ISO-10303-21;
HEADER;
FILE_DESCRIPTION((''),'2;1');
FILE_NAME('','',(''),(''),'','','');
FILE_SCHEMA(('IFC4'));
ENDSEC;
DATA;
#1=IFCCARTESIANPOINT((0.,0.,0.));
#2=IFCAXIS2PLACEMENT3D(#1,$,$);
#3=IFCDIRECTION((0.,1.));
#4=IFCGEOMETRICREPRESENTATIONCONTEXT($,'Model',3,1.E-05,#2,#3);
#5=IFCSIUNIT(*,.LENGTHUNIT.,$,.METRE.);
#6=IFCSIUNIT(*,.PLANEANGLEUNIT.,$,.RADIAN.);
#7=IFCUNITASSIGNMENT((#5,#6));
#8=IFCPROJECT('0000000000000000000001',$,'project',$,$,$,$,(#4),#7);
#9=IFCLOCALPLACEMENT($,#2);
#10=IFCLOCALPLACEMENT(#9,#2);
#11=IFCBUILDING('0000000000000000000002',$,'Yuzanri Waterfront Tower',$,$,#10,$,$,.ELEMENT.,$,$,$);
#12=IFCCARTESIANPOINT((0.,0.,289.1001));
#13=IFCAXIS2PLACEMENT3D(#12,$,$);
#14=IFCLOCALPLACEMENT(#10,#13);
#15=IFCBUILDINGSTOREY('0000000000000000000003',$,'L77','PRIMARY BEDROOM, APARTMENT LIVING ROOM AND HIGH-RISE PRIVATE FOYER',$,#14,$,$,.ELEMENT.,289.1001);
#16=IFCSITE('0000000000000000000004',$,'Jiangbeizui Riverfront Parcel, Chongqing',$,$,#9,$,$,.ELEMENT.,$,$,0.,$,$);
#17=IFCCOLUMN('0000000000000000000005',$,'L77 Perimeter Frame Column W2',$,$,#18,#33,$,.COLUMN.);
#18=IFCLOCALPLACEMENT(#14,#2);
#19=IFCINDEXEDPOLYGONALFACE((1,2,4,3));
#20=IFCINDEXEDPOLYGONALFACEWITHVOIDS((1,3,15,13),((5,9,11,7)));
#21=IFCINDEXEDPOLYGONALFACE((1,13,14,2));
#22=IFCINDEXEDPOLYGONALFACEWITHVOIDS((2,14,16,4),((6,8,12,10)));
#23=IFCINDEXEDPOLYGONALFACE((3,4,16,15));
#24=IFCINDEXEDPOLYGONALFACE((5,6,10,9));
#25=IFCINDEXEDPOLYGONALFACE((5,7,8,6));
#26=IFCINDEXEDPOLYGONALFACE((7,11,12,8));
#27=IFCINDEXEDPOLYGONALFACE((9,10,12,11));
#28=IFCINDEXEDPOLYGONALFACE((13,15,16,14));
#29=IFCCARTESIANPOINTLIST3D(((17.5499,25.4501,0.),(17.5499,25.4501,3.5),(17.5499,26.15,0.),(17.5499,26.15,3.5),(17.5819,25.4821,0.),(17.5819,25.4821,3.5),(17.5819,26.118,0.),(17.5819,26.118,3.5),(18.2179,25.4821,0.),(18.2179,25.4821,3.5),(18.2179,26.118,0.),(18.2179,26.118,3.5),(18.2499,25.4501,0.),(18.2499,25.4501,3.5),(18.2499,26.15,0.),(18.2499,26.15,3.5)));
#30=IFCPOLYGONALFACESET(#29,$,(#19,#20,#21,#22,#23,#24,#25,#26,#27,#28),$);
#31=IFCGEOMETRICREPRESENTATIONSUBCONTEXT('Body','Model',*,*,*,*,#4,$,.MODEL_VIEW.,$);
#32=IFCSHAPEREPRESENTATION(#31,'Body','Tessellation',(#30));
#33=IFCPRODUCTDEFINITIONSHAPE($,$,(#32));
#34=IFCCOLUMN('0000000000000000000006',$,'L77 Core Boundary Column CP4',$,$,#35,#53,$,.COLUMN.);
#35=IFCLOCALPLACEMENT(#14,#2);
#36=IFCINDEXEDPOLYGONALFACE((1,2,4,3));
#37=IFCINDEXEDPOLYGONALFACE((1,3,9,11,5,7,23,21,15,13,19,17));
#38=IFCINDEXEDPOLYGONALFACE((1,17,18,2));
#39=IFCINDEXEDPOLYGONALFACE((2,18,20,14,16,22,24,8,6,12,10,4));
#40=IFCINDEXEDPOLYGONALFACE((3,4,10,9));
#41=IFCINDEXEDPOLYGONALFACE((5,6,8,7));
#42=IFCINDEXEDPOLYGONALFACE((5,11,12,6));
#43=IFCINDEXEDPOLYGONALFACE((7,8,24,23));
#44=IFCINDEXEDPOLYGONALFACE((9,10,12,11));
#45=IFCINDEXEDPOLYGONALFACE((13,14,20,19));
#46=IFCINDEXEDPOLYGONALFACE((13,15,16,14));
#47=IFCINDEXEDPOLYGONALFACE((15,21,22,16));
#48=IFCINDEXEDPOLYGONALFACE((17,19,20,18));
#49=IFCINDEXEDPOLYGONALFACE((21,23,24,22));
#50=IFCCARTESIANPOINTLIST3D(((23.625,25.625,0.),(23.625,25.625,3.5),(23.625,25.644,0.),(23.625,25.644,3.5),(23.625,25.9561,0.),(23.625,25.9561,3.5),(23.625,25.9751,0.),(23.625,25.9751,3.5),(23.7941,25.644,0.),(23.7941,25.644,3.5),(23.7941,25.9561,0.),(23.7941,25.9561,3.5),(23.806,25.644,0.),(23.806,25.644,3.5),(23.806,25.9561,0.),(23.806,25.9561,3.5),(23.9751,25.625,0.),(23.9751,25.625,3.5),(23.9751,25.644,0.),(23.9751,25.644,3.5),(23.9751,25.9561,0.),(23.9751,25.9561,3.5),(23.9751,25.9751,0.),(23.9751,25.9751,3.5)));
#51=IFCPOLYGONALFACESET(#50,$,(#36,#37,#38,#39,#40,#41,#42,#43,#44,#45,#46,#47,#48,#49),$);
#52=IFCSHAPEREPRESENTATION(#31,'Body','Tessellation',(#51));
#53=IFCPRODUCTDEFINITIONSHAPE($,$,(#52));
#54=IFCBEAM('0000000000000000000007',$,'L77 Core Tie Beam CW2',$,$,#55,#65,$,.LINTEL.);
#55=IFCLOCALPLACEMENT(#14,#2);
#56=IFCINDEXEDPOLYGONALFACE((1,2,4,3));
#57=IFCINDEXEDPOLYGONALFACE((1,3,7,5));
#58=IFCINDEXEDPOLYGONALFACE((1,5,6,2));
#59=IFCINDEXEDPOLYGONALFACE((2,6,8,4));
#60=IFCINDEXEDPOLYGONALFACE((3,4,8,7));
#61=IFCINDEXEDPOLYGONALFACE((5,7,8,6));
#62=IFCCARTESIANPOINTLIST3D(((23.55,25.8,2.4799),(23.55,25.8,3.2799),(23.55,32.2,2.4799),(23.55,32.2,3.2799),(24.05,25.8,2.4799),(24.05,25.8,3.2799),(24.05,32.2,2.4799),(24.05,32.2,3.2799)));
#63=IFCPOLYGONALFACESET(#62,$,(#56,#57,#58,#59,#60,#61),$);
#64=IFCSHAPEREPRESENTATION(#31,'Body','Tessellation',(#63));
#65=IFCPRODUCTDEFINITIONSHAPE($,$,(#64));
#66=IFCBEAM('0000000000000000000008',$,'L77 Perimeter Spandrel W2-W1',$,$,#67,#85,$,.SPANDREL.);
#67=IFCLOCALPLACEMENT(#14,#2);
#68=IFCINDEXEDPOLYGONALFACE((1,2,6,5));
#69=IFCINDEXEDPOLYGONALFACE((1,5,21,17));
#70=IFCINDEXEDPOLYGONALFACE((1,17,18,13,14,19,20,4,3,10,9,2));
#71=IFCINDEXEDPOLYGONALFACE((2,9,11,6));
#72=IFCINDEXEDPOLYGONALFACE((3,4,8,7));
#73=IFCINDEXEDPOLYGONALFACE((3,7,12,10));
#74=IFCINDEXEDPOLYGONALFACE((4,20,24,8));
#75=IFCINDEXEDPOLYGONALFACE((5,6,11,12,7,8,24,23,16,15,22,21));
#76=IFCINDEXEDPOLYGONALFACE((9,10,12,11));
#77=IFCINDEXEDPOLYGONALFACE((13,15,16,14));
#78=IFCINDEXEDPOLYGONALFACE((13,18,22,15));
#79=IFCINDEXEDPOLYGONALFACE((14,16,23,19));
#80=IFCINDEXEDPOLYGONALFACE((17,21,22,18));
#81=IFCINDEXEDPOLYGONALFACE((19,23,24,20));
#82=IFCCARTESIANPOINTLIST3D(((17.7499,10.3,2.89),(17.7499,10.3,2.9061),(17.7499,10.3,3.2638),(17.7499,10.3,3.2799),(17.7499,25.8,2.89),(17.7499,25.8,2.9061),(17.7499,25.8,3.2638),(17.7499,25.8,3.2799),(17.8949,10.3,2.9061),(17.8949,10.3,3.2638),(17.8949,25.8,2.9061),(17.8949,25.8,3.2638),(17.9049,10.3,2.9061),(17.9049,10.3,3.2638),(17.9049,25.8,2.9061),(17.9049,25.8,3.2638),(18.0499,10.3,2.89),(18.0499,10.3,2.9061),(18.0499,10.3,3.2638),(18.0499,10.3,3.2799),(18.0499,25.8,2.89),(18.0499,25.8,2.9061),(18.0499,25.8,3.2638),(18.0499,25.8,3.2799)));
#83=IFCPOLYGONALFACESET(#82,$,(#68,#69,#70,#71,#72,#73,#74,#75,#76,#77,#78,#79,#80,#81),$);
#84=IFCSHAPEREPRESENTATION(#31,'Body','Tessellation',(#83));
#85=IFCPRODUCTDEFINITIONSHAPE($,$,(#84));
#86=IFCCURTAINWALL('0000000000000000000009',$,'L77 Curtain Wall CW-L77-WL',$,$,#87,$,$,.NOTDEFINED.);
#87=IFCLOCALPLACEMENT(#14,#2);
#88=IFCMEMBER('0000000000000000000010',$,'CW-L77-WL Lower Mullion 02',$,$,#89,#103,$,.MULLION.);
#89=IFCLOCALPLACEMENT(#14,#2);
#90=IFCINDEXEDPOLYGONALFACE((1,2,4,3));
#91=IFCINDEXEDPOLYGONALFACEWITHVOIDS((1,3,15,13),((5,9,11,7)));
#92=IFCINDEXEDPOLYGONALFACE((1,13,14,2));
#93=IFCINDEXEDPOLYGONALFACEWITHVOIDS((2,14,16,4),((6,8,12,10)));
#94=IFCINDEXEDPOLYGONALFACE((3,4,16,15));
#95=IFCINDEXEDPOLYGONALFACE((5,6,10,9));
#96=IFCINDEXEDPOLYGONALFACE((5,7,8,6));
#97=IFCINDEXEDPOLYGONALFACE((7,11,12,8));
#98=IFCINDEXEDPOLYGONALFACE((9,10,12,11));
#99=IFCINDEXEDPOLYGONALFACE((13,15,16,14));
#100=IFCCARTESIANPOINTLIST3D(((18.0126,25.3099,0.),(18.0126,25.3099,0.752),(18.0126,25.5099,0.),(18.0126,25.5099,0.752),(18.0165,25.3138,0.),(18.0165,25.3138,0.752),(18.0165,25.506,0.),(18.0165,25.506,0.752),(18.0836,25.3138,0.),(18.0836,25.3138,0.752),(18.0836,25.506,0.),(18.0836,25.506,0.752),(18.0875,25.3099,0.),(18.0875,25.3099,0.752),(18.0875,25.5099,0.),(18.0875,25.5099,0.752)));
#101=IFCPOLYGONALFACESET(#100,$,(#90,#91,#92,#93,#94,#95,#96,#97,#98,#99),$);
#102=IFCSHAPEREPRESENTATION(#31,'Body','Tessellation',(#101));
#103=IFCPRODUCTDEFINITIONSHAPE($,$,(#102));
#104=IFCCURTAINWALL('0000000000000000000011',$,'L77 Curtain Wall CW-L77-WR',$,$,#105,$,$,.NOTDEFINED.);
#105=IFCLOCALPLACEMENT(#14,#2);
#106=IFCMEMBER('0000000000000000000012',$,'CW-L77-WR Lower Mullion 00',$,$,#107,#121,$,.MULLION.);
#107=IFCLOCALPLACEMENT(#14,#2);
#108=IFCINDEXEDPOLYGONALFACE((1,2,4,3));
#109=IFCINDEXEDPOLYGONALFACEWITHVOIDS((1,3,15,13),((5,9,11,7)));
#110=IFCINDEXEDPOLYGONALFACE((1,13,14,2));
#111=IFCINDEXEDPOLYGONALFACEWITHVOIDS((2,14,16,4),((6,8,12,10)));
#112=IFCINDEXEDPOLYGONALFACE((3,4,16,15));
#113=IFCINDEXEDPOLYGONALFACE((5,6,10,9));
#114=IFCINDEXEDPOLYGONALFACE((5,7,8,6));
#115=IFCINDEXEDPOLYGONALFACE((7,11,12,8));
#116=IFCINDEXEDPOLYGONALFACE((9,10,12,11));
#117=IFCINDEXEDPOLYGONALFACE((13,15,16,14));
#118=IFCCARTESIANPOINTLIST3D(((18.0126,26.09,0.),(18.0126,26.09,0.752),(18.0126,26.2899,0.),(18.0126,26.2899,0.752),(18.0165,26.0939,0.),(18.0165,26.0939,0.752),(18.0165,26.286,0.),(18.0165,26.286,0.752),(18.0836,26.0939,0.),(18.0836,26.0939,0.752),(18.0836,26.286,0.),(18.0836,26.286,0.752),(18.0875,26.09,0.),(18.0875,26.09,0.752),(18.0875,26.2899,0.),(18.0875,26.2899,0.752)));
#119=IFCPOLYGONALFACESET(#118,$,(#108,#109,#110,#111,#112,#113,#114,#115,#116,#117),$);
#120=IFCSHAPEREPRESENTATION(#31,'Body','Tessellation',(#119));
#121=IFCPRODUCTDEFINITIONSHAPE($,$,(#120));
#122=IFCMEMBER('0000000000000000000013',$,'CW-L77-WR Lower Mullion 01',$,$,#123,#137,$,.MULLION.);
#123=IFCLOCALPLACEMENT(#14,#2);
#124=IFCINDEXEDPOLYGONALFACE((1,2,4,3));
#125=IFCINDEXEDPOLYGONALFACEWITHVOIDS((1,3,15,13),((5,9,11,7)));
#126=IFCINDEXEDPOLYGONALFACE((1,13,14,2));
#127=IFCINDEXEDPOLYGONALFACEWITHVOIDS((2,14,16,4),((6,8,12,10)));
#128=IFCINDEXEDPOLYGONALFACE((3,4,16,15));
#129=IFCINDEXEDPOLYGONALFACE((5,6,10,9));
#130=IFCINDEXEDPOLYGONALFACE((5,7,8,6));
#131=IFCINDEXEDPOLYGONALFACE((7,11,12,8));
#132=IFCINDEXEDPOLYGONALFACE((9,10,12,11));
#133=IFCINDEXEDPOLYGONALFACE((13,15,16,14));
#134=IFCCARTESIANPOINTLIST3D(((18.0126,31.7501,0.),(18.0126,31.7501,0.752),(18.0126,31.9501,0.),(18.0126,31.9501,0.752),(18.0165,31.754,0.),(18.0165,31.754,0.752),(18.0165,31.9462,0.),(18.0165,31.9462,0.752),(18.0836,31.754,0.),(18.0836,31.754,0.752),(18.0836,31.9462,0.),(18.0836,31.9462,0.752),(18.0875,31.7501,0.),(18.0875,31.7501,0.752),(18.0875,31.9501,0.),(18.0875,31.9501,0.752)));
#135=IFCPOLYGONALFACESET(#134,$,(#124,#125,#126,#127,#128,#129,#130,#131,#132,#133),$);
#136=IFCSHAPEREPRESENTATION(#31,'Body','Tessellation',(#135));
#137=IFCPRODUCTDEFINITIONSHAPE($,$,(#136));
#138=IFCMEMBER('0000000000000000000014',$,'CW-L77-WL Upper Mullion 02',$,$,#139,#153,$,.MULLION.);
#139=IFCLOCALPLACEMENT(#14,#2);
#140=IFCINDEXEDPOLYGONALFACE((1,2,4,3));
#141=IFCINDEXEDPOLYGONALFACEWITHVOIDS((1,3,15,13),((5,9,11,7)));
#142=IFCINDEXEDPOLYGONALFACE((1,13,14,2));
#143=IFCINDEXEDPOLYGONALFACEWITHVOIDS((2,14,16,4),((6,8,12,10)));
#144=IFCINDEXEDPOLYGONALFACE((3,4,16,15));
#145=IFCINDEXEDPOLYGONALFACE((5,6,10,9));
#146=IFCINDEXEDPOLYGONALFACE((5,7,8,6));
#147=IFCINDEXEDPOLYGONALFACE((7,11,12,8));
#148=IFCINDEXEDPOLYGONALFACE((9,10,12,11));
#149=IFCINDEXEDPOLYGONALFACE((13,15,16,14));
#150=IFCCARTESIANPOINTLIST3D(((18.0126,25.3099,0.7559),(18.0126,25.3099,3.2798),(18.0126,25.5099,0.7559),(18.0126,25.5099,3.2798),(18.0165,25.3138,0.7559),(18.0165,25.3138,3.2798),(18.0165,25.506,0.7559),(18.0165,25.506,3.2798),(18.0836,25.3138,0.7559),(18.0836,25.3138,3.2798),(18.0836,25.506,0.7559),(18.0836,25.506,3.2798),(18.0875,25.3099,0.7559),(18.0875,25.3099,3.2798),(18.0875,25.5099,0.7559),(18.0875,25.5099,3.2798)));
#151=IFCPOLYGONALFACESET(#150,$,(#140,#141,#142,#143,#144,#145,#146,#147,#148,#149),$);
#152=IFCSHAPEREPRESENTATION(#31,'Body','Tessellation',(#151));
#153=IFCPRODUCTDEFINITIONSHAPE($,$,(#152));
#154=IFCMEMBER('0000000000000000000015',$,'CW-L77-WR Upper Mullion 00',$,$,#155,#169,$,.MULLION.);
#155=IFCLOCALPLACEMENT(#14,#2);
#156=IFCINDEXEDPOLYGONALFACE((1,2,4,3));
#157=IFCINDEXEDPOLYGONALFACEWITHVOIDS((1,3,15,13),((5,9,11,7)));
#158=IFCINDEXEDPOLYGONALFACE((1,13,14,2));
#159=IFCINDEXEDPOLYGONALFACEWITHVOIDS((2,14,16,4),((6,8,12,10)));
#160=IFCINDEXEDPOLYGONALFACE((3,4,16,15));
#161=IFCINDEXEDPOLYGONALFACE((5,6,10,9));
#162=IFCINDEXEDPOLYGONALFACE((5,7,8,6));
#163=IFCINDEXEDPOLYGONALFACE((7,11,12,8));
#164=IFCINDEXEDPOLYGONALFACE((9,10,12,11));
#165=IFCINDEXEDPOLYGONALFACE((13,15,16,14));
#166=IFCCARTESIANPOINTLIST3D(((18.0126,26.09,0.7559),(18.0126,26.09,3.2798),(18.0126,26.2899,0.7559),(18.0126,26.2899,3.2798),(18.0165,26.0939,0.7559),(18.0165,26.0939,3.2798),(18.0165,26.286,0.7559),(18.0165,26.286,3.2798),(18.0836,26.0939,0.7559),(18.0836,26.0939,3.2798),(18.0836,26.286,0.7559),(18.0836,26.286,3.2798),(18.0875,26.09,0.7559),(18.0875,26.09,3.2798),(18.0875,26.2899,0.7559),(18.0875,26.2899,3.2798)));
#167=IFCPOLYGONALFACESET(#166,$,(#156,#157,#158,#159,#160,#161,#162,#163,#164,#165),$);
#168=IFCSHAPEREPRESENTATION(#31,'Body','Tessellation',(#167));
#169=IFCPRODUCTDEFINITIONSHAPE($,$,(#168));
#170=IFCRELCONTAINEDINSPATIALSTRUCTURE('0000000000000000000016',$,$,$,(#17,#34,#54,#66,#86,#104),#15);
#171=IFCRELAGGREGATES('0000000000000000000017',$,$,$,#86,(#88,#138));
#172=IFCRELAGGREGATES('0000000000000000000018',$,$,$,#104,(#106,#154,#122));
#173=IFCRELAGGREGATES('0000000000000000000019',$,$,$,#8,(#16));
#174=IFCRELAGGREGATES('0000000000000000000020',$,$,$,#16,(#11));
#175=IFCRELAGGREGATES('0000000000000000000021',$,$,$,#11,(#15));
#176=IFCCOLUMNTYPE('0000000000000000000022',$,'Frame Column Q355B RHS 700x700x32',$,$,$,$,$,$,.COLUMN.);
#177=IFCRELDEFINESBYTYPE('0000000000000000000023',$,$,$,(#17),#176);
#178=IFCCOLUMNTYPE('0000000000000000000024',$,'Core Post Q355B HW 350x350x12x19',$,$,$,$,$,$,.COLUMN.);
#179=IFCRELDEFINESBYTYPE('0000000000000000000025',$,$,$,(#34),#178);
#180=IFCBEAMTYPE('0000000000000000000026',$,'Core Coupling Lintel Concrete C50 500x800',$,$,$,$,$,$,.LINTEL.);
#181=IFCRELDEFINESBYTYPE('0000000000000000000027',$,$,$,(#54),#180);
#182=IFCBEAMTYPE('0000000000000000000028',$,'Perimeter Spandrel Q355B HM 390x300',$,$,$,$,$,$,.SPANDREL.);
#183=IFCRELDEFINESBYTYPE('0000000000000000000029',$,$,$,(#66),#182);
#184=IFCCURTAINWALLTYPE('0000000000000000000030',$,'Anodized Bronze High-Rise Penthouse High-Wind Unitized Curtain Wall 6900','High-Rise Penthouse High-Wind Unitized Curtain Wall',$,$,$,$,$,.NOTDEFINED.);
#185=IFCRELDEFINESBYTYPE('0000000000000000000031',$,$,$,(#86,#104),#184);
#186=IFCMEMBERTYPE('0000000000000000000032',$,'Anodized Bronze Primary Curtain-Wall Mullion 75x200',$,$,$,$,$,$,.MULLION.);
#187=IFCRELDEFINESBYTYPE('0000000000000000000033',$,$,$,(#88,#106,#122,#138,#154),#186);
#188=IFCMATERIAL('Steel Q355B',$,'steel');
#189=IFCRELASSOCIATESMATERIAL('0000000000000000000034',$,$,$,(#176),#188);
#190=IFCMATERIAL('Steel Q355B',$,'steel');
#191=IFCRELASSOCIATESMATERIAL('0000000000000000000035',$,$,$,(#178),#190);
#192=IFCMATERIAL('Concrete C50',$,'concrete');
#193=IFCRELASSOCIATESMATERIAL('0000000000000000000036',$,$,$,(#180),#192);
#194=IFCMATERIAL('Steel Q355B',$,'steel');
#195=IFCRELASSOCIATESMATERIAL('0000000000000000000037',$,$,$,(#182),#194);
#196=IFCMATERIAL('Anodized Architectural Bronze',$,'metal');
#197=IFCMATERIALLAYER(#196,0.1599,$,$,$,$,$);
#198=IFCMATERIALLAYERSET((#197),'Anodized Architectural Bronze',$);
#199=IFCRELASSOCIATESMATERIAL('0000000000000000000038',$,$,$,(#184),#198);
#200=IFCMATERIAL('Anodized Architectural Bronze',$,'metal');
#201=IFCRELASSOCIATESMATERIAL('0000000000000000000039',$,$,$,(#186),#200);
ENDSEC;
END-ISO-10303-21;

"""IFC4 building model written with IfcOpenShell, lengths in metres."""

from ifc_helpers import new_model, si_unit, direction, frame, origin, origin_2d, place, context, subcontext, project, spatial, rectangle, hollow_rectangle, i_section, extrude, source, transform, mapped, material, layer, layer_set, material_profile, profile_set, type_object, element, aggregate, save


model = new_model("IFC4")

# Units and contexts
model_context = context("Model", 3, precision=1e-05, world=origin(), true_north=direction((0.0, 1.0)))
body_context = subcontext(model_context, "Body", "Model", "MODEL_VIEW")
ifc_project = project(units=[si_unit("LENGTHUNIT", "METRE"), si_unit("PLANEANGLEUNIT", "RADIAN")], contexts=[model_context])

# Site, building, storey
site_placement = place(None, origin())
site = spatial("IfcSite", under=ifc_project, at=site_placement, Name="Jiangbeizui Riverfront Parcel, Chongqing", CompositionType="ELEMENT", RefElevation=0.0)
building_placement = place(site_placement, origin())
building = spatial("IfcBuilding", under=site, at=building_placement, Name="Yuzanri Waterfront Tower", CompositionType="ELEMENT")
storey_placement = place(building_placement, frame((0.0, 0.0, 289.1001)))
storey = spatial("IfcBuildingStorey", under=building, at=storey_placement, Name="L77", Description="PRIMARY BEDROOM, APARTMENT LIVING ROOM AND HIGH-RISE PRIVATE FOYER", CompositionType="ELEMENT", Elevation=289.1001)

# Columns
ifc_material_1 = material(Name="Steel Q355B", Category="steel")
ifc_material_profile_1 = material_profile(ifc_material_1, hollow_rectangle(XDim=0.7, YDim=0.7, WallThickness=0.032, at=origin_2d()), Name="RHS 700x700x32")
ifc_profile_set_1 = profile_set([ifc_material_profile_1], Name="Steel Q355B")
column_type_1 = type_object("IfcColumnType", Name="Frame Column Q355B RHS 700x700x32", PredefinedType="COLUMN", material=ifc_profile_set_1)
shared_shape_1 = source(origin(), body_context, "Body", "SweptSolid", [
    extrude(hollow_rectangle(XDim=0.7, YDim=0.7, WallThickness=0.032, at=origin_2d()), origin(), (0.0, 0.0, 1.0), 3.5),
])
column_1_placement = place(storey_placement, frame((17.8999, 25.8, 0.0), z_axis=(0.0, 0.0, 1.0), x_axis=(1.0, 0.0, 0.0)))
element("IfcColumn", 1, at=column_1_placement, inside=storey, type_object=column_type_1, Name="L77 Perimeter Frame Column W2", PredefinedType="COLUMN", context=body_context, shape_type="MappedRepresentation", body=[
    mapped(shared_shape_1, transform((0.0, 0.0, 0.0), scale=1.0)),
])
ifc_material_2 = material(Name="Steel Q355B", Category="steel")
ifc_material_profile_2 = material_profile(ifc_material_2, i_section(OverallWidth=0.3501, OverallDepth=0.3501, WebThickness=0.012, FlangeThickness=0.019, at=origin_2d()), Name="HW 350x350x12x19")
ifc_profile_set_2 = profile_set([ifc_material_profile_2], Name="Steel Q355B")
column_type_2 = type_object("IfcColumnType", Name="Core Post Q355B HW 350x350x12x19", PredefinedType="COLUMN", material=ifc_profile_set_2)
shared_shape_2 = source(origin(), body_context, "Body", "SweptSolid", [
    extrude(i_section(OverallWidth=0.3501, OverallDepth=0.3501, WebThickness=0.012, FlangeThickness=0.019, at=origin_2d()), origin(), (0.0, 0.0, 1.0), 3.5),
])
column_2_placement = place(storey_placement, frame((23.8, 25.8, 0.0), z_axis=(0.0, 0.0, 1.0), x_axis=(1.0, 0.0, 0.0)))
element("IfcColumn", 2, at=column_2_placement, inside=storey, type_object=column_type_2, Name="L77 Core Boundary Column CP4", PredefinedType="COLUMN", context=body_context, shape_type="MappedRepresentation", body=[
    mapped(shared_shape_2, transform((0.0, 0.0, 0.0), scale=1.0)),
])

# Beams
ifc_material_3 = material(Name="Concrete C50", Category="concrete")
ifc_material_profile_3 = material_profile(ifc_material_3, rectangle(XDim=0.5, YDim=0.8, at=origin_2d()), Name="RC 500x800")
ifc_profile_set_3 = profile_set([ifc_material_profile_3], Name="Concrete C50")
beam_type_1 = type_object("IfcBeamType", Name="Core Coupling Lintel Concrete C50 500x800", PredefinedType="LINTEL", material=ifc_profile_set_3)
shared_shape_3 = source(origin(), body_context, "Body", "SweptSolid", [
    extrude(rectangle(XDim=0.5, YDim=0.8, at=origin_2d()), origin(), (0.0, 0.0, 1.0), 6.3999),
])
beam_1_placement = place(storey_placement, frame((23.8, 25.8, 2.8799), z_axis=(0.0, 1.0, 0.0), x_axis=(-1.0, 0.0, 0.0)))
element("IfcBeam", 3, at=beam_1_placement, inside=storey, type_object=beam_type_1, Name="L77 Core Tie Beam CW2", PredefinedType="LINTEL", context=body_context, shape_type="MappedRepresentation", body=[
    mapped(shared_shape_3, transform((0.0, 0.0, 0.0), scale=1.0)),
])
ifc_material_4 = material(Name="Steel Q355B", Category="steel")
ifc_material_profile_4 = material_profile(ifc_material_4, i_section(OverallWidth=0.3, OverallDepth=0.3899, WebThickness=0.01, FlangeThickness=0.0161, at=origin_2d()), Name="HM 390x300x10x16")
ifc_profile_set_4 = profile_set([ifc_material_profile_4], Name="Steel Q355B")
beam_type_2 = type_object("IfcBeamType", Name="Perimeter Spandrel Q355B HM 390x300", PredefinedType="SPANDREL", material=ifc_profile_set_4)
shared_shape_4 = source(origin(), body_context, "Body", "SweptSolid", [
    extrude(i_section(OverallWidth=0.3, OverallDepth=0.3899, WebThickness=0.01, FlangeThickness=0.0161, at=origin_2d()), origin(), (0.0, 0.0, 1.0), 15.5),
])
beam_2_placement = place(storey_placement, frame((17.8999, 25.8, 3.085), z_axis=(0.0, -1.0, 0.0), x_axis=(1.0, 0.0, 0.0)))
element("IfcBeam", 4, at=beam_2_placement, inside=storey, type_object=beam_type_2, Name="L77 Perimeter Spandrel W2-W1", PredefinedType="SPANDREL", context=body_context, shape_type="MappedRepresentation", body=[
    mapped(shared_shape_4, transform((0.0, 0.0, 0.0), scale=1.0)),
])

# Curtain wall, member
ifc_material_5 = material(Name="Anodized Architectural Bronze", Category="metal")
ifc_layer_1 = layer(ifc_material_5, 0.1599)
ifc_layer_set_1 = layer_set([ifc_layer_1], Name="Anodized Architectural Bronze")
curtain_wall_type = type_object("IfcCurtainWallType", Name="Anodized Bronze High-Rise Penthouse High-Wind Unitized Curtain Wall 6900", Description="High-Rise Penthouse High-Wind Unitized Curtain Wall", PredefinedType="NOTDEFINED", material=ifc_layer_set_1)
curtain_wall_1_placement = place(storey_placement, origin())
curtain_wall_1 = element("IfcCurtainWall", 5, at=curtain_wall_1_placement, inside=storey, type_object=curtain_wall_type, Name="L77 Curtain Wall CW-L77-WL", PredefinedType="NOTDEFINED")
ifc_material_6 = material(Name="Anodized Architectural Bronze", Category="metal")
ifc_material_profile_5 = material_profile(ifc_material_6, hollow_rectangle(XDim=0.075, YDim=0.2, WallThickness=0.0039, at=origin_2d()), Name="CWM 75x200")
ifc_profile_set_5 = profile_set([ifc_material_profile_5], Name="Anodized Architectural Bronze")
member_type_1 = type_object("IfcMemberType", Name="Anodized Bronze Primary Curtain-Wall Mullion 75x200", PredefinedType="MULLION", material=ifc_profile_set_5)
shared_shape_5 = source(origin(), body_context, "Body", "SweptSolid", [
    extrude(hollow_rectangle(XDim=0.075, YDim=0.2, WallThickness=0.0039, at=origin_2d()), origin(), (0.0, 0.0, 1.0), 0.752),
])
member_1_placement = place(storey_placement, frame((18.05, 25.4099, 0.0), z_axis=(0.0, 0.0, 1.0), x_axis=(1.0, 0.0, 0.0)))
member_1 = element("IfcMember", 6, at=member_1_placement, type_object=member_type_1, Name="CW-L77-WL Lower Mullion 02", PredefinedType="MULLION", context=body_context, shape_type="MappedRepresentation", body=[
    mapped(shared_shape_5, transform((0.0, 0.0, 0.0), scale=1.0)),
])

# Curtain wall, members
curtain_wall_2_placement = place(storey_placement, origin())
curtain_wall_2 = element("IfcCurtainWall", 7, at=curtain_wall_2_placement, inside=storey, type_object=curtain_wall_type, Name="L77 Curtain Wall CW-L77-WR", PredefinedType="NOTDEFINED")
member_2_placement = place(storey_placement, frame((18.05, 26.1899, 0.0), z_axis=(0.0, 0.0, 1.0), x_axis=(1.0, 0.0, 0.0)))
member_2 = element("IfcMember", 8, at=member_2_placement, type_object=member_type_1, Name="CW-L77-WR Lower Mullion 00", PredefinedType="MULLION", context=body_context, shape_type="MappedRepresentation", body=[
    mapped(shared_shape_5, transform((0.0, 0.0, 0.0), scale=1.0)),
])
member_3_placement = place(storey_placement, frame((18.05, 31.8501, 0.0), z_axis=(0.0, 0.0, 1.0), x_axis=(1.0, 0.0, 0.0)))
member_3 = element("IfcMember", 9, at=member_3_placement, type_object=member_type_1, Name="CW-L77-WR Lower Mullion 01", PredefinedType="MULLION", context=body_context, shape_type="MappedRepresentation", body=[
    mapped(shared_shape_5, transform((0.0, 0.0, 0.0), scale=1.0)),
])

# Members
shared_shape_6 = source(origin(), body_context, "Body", "SweptSolid", [
    extrude(hollow_rectangle(XDim=0.075, YDim=0.2, WallThickness=0.0039, at=origin_2d()), origin(), (0.0, 0.0, 1.0), 2.5239),
])
member_4_placement = place(storey_placement, frame((18.05, 25.4099, 0.7559), z_axis=(0.0, 0.0, 1.0), x_axis=(1.0, 0.0, 0.0)))
member_4 = element("IfcMember", 10, at=member_4_placement, type_object=member_type_1, Name="CW-L77-WL Upper Mullion 02", PredefinedType="MULLION", context=body_context, shape_type="MappedRepresentation", body=[
    mapped(shared_shape_6, transform((0.0, 0.0, 0.0), scale=1.0)),
])
aggregate(curtain_wall_1, [member_1, member_4])
member_5_placement = place(storey_placement, frame((18.05, 26.1899, 0.7559), z_axis=(0.0, 0.0, 1.0), x_axis=(1.0, 0.0, 0.0)))
member_5 = element("IfcMember", 11, at=member_5_placement, type_object=member_type_1, Name="CW-L77-WR Upper Mullion 00", PredefinedType="MULLION", context=body_context, shape_type="MappedRepresentation", body=[
    mapped(shared_shape_6, transform((0.0, 0.0, 0.0), scale=1.0)),
])

aggregate(curtain_wall_2, [member_2, member_5, member_3])

save(model, "model.ifc")
